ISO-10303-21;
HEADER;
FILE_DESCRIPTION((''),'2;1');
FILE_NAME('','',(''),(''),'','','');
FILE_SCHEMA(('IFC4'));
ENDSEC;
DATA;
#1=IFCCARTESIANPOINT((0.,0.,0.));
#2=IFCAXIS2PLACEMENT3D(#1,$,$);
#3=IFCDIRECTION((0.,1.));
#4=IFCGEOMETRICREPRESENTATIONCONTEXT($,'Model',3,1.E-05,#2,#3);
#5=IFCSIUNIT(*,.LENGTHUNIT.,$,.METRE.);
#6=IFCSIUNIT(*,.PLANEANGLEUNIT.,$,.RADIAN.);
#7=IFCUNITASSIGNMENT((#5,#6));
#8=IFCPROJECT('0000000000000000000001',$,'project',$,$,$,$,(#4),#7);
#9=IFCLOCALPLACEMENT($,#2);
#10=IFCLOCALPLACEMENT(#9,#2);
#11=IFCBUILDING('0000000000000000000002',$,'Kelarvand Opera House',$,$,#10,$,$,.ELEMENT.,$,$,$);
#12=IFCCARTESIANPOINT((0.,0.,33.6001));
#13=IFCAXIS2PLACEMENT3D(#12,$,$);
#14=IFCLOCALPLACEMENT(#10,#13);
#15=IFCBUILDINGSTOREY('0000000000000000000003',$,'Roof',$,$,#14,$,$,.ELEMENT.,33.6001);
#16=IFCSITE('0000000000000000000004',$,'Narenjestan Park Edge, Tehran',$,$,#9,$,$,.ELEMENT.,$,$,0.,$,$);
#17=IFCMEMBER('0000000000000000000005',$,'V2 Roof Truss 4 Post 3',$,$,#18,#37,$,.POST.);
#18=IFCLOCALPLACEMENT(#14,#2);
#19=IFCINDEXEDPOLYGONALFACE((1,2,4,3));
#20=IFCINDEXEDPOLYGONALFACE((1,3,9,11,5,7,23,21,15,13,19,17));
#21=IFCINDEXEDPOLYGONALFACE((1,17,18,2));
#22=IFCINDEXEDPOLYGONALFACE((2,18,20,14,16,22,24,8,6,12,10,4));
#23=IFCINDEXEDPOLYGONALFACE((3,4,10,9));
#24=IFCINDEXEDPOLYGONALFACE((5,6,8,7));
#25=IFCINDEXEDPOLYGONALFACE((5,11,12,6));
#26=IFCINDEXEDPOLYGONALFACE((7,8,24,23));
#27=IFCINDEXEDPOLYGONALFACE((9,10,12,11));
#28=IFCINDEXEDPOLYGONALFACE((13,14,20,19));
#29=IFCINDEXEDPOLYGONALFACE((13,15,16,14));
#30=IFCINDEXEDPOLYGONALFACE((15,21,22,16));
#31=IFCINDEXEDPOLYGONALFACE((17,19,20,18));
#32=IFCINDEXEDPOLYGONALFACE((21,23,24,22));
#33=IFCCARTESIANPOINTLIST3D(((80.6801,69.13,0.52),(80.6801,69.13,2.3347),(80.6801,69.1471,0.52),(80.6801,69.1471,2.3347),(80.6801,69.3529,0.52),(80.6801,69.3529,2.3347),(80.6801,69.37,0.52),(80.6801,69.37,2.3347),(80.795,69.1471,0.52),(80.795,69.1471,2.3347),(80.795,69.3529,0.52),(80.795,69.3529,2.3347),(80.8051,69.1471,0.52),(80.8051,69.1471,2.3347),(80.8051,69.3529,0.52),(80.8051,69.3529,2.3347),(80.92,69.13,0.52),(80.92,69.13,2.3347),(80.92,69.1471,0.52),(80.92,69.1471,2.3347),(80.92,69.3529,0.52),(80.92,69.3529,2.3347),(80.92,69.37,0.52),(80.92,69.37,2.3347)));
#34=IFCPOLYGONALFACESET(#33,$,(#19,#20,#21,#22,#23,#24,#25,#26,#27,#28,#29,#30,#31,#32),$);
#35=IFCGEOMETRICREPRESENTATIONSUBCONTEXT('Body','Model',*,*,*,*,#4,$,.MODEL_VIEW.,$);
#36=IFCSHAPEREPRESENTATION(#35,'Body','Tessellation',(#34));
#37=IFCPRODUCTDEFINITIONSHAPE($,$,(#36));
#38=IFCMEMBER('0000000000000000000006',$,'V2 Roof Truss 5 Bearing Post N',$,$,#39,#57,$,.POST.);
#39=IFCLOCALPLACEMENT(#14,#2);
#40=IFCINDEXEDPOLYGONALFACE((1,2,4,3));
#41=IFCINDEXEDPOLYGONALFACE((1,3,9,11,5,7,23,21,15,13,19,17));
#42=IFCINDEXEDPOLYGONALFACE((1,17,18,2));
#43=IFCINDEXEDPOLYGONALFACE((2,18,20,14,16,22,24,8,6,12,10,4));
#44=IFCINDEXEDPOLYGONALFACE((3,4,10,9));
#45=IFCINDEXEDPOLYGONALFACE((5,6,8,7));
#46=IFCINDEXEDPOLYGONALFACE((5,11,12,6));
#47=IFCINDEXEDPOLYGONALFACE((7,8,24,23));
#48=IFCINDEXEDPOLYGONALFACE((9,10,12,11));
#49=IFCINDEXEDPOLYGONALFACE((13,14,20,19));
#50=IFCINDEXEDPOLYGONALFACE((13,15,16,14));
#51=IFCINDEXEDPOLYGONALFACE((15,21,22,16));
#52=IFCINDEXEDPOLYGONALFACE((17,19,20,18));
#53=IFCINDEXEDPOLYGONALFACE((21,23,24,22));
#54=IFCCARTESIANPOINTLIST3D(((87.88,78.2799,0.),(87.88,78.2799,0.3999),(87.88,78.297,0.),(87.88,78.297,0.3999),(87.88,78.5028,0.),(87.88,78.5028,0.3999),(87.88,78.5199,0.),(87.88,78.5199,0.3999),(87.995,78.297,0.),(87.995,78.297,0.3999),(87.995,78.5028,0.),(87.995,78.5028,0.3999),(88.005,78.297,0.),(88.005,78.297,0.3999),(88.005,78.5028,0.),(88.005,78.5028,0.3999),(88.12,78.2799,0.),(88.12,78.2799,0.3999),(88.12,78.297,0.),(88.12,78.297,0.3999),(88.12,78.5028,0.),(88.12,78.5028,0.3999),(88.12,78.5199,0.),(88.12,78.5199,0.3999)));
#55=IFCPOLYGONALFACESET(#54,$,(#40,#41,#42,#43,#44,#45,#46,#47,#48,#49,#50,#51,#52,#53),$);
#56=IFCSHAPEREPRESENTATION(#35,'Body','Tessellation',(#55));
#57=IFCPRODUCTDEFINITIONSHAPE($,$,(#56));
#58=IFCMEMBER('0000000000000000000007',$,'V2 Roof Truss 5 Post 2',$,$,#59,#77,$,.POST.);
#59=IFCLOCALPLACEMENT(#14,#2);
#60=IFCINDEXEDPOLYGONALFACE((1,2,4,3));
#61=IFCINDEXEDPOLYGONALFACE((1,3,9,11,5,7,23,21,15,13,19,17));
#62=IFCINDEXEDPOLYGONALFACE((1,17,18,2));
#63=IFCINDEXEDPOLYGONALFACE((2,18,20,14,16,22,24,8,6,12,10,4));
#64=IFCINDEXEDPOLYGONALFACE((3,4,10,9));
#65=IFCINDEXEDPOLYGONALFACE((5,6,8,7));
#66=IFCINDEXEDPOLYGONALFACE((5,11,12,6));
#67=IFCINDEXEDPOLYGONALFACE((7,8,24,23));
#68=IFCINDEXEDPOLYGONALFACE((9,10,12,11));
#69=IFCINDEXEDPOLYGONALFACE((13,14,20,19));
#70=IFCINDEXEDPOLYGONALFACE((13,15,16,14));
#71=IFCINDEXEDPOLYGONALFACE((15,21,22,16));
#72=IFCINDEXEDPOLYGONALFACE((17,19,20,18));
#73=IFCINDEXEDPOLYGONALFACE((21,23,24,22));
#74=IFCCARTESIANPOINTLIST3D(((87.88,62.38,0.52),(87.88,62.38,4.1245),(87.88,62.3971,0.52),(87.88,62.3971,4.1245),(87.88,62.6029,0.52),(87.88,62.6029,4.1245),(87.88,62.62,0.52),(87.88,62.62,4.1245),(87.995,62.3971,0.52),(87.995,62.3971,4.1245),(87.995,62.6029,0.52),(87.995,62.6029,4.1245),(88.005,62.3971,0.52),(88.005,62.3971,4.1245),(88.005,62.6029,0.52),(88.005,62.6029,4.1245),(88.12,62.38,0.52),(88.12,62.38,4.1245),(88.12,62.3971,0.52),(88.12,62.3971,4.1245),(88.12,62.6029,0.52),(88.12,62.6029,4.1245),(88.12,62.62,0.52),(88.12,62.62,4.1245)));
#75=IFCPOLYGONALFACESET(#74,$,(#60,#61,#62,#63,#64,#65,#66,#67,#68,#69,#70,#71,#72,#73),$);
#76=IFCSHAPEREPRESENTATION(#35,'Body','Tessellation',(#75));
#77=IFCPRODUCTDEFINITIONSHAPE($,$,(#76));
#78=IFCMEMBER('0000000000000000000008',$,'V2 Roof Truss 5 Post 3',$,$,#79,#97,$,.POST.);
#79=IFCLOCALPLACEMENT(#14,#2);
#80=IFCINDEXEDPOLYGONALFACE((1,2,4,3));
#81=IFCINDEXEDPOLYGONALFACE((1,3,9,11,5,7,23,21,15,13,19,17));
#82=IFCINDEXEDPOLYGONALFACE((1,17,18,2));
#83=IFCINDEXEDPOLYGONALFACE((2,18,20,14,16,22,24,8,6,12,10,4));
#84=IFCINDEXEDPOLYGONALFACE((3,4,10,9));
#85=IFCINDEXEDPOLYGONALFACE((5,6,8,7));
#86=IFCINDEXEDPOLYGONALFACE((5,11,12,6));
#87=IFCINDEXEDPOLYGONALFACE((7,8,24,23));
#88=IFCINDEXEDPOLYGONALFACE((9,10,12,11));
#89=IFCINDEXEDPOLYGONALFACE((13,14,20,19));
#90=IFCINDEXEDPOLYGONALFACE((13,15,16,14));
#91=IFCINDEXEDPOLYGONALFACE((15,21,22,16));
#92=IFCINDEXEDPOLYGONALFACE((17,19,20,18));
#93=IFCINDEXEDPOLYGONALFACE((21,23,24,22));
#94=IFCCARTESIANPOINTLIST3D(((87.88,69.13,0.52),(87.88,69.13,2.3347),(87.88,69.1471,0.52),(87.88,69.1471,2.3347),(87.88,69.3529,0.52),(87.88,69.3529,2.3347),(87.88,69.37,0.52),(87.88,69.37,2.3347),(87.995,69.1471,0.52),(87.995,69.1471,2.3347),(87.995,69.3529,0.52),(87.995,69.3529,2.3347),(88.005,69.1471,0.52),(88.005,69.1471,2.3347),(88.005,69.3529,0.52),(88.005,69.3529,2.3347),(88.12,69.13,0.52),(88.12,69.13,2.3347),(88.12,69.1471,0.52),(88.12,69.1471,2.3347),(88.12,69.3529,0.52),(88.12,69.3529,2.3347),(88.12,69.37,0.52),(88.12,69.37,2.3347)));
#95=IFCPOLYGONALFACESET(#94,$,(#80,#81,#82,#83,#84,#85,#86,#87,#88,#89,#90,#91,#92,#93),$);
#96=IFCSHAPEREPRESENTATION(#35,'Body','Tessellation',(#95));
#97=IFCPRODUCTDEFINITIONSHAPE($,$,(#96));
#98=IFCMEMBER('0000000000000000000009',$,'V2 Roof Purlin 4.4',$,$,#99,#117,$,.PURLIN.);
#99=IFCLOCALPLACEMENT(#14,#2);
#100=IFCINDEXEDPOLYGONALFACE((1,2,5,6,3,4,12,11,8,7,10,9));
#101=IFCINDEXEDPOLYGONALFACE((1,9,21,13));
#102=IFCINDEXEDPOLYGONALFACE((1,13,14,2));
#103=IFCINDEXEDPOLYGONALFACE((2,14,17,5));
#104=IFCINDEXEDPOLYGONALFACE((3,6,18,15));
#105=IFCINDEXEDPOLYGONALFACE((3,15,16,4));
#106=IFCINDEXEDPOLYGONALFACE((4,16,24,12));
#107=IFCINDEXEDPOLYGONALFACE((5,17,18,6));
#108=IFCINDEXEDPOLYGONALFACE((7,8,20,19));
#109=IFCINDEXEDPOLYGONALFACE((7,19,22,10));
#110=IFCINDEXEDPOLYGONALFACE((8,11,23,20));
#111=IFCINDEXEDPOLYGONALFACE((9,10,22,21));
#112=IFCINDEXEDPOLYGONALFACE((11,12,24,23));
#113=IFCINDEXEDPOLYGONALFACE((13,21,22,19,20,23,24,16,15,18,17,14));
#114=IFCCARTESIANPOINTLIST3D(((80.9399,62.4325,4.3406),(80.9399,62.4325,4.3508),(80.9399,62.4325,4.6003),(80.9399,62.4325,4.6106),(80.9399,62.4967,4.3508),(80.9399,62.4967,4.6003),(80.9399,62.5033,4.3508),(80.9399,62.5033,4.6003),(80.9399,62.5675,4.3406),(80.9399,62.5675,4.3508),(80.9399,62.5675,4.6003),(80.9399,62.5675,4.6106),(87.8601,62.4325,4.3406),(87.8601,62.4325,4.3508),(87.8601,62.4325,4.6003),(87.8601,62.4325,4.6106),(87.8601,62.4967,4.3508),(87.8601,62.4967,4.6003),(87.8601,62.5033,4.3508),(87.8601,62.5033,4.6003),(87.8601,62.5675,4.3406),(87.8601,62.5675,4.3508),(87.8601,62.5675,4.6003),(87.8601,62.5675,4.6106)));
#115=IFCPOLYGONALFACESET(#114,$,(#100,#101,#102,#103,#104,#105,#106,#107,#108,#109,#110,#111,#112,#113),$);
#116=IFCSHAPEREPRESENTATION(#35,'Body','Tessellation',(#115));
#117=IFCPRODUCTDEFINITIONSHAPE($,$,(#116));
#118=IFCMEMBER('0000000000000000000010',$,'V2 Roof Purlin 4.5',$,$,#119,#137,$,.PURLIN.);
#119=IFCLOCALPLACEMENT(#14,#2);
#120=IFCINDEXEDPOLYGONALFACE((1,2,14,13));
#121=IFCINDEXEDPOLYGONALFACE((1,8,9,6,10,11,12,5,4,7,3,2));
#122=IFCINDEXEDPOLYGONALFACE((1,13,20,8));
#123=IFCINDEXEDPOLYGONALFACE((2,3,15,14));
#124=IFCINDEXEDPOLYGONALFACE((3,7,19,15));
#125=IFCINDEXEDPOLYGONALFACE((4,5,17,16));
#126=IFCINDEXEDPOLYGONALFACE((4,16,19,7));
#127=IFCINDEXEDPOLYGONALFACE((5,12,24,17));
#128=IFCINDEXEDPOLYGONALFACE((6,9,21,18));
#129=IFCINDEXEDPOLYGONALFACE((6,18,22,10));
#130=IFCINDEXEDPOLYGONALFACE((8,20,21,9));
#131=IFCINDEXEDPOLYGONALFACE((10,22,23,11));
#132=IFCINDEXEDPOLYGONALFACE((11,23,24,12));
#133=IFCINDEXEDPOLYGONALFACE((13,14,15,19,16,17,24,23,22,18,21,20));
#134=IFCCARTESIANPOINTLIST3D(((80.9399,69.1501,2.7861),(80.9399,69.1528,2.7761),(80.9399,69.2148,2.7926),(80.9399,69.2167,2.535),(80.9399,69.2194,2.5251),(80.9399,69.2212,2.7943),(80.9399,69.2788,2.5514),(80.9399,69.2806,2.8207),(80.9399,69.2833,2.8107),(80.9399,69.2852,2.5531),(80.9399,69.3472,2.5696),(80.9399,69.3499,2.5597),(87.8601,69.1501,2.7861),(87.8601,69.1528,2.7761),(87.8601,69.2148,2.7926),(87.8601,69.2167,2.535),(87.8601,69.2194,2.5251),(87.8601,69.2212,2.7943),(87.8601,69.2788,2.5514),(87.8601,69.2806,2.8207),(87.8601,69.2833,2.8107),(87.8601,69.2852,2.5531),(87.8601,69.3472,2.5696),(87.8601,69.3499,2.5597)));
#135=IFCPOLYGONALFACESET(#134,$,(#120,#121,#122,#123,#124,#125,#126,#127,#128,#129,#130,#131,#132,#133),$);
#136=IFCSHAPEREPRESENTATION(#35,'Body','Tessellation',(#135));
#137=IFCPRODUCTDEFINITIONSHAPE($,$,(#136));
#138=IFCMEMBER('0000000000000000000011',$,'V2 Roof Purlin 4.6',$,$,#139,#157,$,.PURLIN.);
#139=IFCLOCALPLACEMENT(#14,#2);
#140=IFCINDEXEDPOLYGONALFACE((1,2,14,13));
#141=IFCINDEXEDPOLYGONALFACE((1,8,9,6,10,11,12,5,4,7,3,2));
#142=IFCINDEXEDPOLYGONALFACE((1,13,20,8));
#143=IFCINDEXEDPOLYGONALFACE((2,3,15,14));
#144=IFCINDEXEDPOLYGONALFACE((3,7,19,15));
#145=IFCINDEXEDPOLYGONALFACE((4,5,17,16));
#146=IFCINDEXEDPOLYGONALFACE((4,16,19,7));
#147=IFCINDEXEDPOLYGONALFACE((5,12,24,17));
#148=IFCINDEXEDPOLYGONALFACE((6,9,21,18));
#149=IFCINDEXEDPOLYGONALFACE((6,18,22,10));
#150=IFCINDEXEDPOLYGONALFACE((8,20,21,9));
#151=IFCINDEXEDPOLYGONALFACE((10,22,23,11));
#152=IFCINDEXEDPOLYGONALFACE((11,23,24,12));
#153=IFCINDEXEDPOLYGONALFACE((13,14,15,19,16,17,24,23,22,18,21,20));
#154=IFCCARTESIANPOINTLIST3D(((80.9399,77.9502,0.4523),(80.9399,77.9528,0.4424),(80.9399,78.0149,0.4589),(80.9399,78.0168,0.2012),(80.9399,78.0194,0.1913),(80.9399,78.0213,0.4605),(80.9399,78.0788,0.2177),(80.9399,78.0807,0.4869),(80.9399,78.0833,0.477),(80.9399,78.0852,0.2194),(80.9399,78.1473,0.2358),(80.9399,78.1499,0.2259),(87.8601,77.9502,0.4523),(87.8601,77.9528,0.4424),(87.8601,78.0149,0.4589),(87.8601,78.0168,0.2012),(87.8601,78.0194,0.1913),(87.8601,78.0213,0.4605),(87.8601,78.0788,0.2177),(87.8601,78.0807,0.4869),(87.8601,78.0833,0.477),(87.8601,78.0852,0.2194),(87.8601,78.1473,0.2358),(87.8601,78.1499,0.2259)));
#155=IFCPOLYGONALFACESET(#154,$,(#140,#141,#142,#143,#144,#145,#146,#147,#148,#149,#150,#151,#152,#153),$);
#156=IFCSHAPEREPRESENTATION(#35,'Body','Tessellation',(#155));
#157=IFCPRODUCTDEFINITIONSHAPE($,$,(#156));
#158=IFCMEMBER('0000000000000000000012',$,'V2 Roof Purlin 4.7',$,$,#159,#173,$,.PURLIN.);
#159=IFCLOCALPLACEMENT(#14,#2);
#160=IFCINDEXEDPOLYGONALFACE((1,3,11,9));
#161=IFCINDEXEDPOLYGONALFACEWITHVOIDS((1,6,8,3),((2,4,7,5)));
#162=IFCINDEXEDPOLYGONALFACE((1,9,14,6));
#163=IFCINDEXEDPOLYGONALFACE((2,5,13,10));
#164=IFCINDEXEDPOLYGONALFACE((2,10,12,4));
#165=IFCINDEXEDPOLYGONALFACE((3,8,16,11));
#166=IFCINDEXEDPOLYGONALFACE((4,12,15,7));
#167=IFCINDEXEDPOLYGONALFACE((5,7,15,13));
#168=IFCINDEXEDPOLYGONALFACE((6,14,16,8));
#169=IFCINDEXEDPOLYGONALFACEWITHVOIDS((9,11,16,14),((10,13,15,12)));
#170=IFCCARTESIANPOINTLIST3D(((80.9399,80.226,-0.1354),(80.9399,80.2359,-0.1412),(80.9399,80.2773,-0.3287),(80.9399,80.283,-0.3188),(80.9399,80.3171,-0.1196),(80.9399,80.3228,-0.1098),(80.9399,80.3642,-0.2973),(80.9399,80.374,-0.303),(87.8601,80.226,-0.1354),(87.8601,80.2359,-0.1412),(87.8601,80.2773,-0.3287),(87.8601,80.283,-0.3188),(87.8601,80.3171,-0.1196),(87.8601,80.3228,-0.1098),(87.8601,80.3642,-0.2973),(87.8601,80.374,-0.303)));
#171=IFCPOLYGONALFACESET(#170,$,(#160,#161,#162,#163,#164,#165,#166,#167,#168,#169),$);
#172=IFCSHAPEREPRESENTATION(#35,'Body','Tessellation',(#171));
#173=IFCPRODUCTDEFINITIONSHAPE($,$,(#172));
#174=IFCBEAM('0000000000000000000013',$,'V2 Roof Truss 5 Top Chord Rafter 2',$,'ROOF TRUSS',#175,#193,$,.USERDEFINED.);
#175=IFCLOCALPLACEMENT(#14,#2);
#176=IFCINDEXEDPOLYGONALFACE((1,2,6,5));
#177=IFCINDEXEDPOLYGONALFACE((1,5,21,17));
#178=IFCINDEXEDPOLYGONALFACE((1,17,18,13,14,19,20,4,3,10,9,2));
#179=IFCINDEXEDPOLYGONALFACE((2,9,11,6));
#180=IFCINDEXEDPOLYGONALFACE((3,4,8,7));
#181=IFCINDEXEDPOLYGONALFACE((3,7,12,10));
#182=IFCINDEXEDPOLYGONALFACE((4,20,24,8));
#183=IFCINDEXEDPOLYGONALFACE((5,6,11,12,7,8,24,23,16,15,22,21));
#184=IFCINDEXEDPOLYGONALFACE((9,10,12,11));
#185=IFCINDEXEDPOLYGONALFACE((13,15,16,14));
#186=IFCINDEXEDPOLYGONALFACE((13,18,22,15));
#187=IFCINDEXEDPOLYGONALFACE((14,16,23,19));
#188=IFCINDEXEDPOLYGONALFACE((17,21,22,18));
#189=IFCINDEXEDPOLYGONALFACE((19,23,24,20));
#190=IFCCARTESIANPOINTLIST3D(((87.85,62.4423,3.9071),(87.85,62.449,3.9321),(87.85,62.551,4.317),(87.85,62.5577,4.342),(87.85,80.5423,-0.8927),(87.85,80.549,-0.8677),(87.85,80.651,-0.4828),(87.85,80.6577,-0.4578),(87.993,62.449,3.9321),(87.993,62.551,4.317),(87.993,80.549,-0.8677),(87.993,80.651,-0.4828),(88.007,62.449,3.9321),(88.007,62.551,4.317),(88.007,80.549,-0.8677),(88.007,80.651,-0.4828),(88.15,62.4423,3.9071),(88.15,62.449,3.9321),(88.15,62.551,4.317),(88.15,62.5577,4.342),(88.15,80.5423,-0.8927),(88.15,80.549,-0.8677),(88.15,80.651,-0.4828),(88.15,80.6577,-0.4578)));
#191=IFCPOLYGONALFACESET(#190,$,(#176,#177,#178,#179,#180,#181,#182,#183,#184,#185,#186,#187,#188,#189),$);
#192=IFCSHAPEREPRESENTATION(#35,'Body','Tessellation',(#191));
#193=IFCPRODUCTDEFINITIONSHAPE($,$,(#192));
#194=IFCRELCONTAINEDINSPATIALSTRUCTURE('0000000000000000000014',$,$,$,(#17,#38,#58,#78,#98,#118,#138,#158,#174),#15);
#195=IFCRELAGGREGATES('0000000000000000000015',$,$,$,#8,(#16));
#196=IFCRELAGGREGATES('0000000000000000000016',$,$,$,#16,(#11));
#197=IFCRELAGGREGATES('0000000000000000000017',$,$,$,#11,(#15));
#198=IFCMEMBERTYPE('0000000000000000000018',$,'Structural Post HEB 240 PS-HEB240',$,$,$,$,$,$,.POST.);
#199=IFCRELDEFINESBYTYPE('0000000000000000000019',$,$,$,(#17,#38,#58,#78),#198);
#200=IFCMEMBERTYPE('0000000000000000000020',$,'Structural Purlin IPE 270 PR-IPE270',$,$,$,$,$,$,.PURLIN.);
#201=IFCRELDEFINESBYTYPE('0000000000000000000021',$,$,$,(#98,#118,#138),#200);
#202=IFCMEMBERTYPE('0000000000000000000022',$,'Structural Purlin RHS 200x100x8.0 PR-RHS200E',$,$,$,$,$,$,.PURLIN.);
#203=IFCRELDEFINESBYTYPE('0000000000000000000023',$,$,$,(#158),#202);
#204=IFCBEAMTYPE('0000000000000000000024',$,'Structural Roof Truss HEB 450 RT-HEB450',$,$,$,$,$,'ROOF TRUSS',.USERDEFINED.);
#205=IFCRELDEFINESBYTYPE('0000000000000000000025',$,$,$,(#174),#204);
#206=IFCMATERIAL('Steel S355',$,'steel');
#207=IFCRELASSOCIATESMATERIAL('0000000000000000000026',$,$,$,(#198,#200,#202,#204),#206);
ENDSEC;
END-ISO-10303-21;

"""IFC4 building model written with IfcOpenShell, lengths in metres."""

from ifc_helpers import new_model, si_unit, direction, frame, origin, origin_2d, place, context, subcontext, project, spatial, hollow_rectangle, i_section, extrude, material, material_profile, profile_set, type_object, element, save


model = new_model("IFC4")

# Units and contexts
model_context = context("Model", 3, precision=1e-05, world=origin(), true_north=direction((0.0, 1.0)))
body_context = subcontext(model_context, "Body", "Model", "MODEL_VIEW")
ifc_project = project(units=[si_unit("LENGTHUNIT", "METRE"), si_unit("PLANEANGLEUNIT", "RADIAN")], contexts=[model_context])

# Site, building, storey
site_placement = place(None, origin())
site = spatial("IfcSite", under=ifc_project, at=site_placement, Name="Narenjestan Park Edge, Tehran", CompositionType="ELEMENT", RefElevation=0.0)
building_placement = place(site_placement, origin())
building = spatial("IfcBuilding", under=site, at=building_placement, Name="Kelarvand Opera House", CompositionType="ELEMENT")
storey_placement = place(building_placement, frame((0.0, 0.0, 33.6001)))
storey = spatial("IfcBuildingStorey", under=building, at=storey_placement, Name="Roof", CompositionType="ELEMENT", Elevation=33.6001)

# Members
ifc_material = material(Name="Steel S355", Category="steel")
ifc_material_profile_1 = material_profile(ifc_material, i_section(OverallWidth=0.24, OverallDepth=0.24, WebThickness=0.01, FlangeThickness=0.0171, at=origin_2d()), Name="HEB 240", Category="steel")
ifc_profile_set_1 = profile_set([ifc_material_profile_1], Name="Steel S355")
member_type_1 = type_object("IfcMemberType", Name="Structural Post HEB 240 PS-HEB240", PredefinedType="POST", material=ifc_profile_set_1)
member_1_placement = place(storey_placement, frame((80.8, 69.25, 0.52), z_axis=(0.0, 0.0, 1.0), x_axis=(1.0, 0.0, 0.0)))
element("IfcMember", 1, at=member_1_placement, inside=storey, type_object=member_type_1, Name="V2 Roof Truss 4 Post 3", PredefinedType="POST", context=body_context, shape_type="SweptSolid", body=[
    extrude(i_section(OverallWidth=0.24, OverallDepth=0.24, WebThickness=0.01, FlangeThickness=0.0171, at=origin_2d()), origin(), (0.0, 0.0, 1.0), 1.8147),
])
member_2_placement = place(storey_placement, frame((88.0, 78.3999, 0.0), z_axis=(0.0, 0.0, 1.0), x_axis=(1.0, 0.0, 0.0)))
element("IfcMember", 2, at=member_2_placement, inside=storey, type_object=member_type_1, Name="V2 Roof Truss 5 Bearing Post N", PredefinedType="POST", context=body_context, shape_type="SweptSolid", body=[
    extrude(i_section(OverallWidth=0.24, OverallDepth=0.24, WebThickness=0.01, FlangeThickness=0.0171, at=origin_2d()), origin(), (0.0, 0.0, 1.0), 0.3999),
])
member_3_placement = place(storey_placement, frame((88.0, 62.5, 0.52), z_axis=(0.0, 0.0, 1.0), x_axis=(1.0, 0.0, 0.0)))
element("IfcMember", 3, at=member_3_placement, inside=storey, type_object=member_type_1, Name="V2 Roof Truss 5 Post 2", PredefinedType="POST", context=body_context, shape_type="SweptSolid", body=[
    extrude(i_section(OverallWidth=0.24, OverallDepth=0.24, WebThickness=0.01, FlangeThickness=0.0171, at=origin_2d()), origin(), (0.0, 0.0, 1.0), 3.6045),
])
member_4_placement = place(storey_placement, frame((88.0, 69.25, 0.52), z_axis=(0.0, 0.0, 1.0), x_axis=(1.0, 0.0, 0.0)))
element("IfcMember", 4, at=member_4_placement, inside=storey, type_object=member_type_1, Name="V2 Roof Truss 5 Post 3", PredefinedType="POST", context=body_context, shape_type="SweptSolid", body=[
    extrude(i_section(OverallWidth=0.24, OverallDepth=0.24, WebThickness=0.01, FlangeThickness=0.0171, at=origin_2d()), origin(), (0.0, 0.0, 1.0), 1.8147),
])
ifc_material_profile_2 = material_profile(ifc_material, i_section(OverallWidth=0.135, OverallDepth=0.27, WebThickness=0.0066, FlangeThickness=0.0103, at=origin_2d()), Name="IPE 270", Category="steel")
ifc_profile_set_2 = profile_set([ifc_material_profile_2], Name="Steel S355")
member_type_2 = type_object("IfcMemberType", Name="Structural Purlin IPE 270 PR-IPE270", PredefinedType="PURLIN", material=ifc_profile_set_2)
for number, where, z_axis, x_axis, name in (
    (5, (80.9399, 62.5, 4.4756), (1.0, 0.0, 0.0), (0.0, 1.0, 0.0), "V2 Roof Purlin 4.4"),
    (6, (80.9399, 69.25, 2.6729), (1.0, 0.0, 0.0), (0.0, 0.9666, 0.256289), "V2 Roof Purlin 4.5"),
    (7, (80.9399, 78.05, 0.3391), (1.0, 0.0, 0.0), (0.0, 0.9666, 0.256289), "V2 Roof Purlin 4.6"),
):
    element("IfcMember", number, at=place(storey_placement, frame(where, z_axis=z_axis, x_axis=x_axis)), inside=storey, type_object=member_type_2, Name=name, PredefinedType="PURLIN", context=body_context, shape_type="SweptSolid", body=[
        extrude(i_section(OverallWidth=0.135, OverallDepth=0.27, WebThickness=0.0066, FlangeThickness=0.0103, at=origin_2d()), origin(), (0.0, 0.0, 1.0), 6.9202),
    ])
ifc_material_profile_3 = material_profile(ifc_material, hollow_rectangle(XDim=0.1001, YDim=0.2, WallThickness=0.0081, at=origin_2d()), Name="RHS 200x100x8.0", Category="steel")
ifc_profile_set_3 = profile_set([ifc_material_profile_3], Name="Steel S355")
member_type_3 = type_object("IfcMemberType", Name="Structural Purlin RHS 200x100x8.0 PR-RHS200E", PredefinedType="PURLIN", material=ifc_profile_set_3)
member_5_placement = place(storey_placement, frame((80.9399, 80.3, -0.2192), z_axis=(1.0, 0.0, 0.0), x_axis=(0.0, 0.9666, 0.256289)))
element("IfcMember", 8, at=member_5_placement, inside=storey, type_object=member_type_3, Name="V2 Roof Purlin 4.7", PredefinedType="PURLIN", context=body_context, shape_type="SweptSolid", body=[
    extrude(hollow_rectangle(XDim=0.1001, YDim=0.2, WallThickness=0.0081, at=origin_2d()), origin(), (0.0, 0.0, 1.0), 6.9202),
])

# Beam
ifc_material_profile_4 = material_profile(ifc_material, i_section(OverallWidth=0.3, OverallDepth=0.45, WebThickness=0.0139, FlangeThickness=0.0259, at=origin_2d()), Name="HEB 450", Category="steel")
ifc_profile_set_4 = profile_set([ifc_material_profile_4], Name="Steel S355")
beam_type = type_object("IfcBeamType", Name="Structural Roof Truss HEB 450 RT-HEB450", ElementType="ROOF TRUSS", PredefinedType="USERDEFINED", material=ifc_profile_set_4)
beam_placement = place(storey_placement, frame((88.0, 62.5, 4.1245), z_axis=(0.0, 0.966591, -0.256322), x_axis=(-1.0, 0.0, 0.0)))
element("IfcBeam", 9, at=beam_placement, inside=storey, type_object=beam_type, Name="V2 Roof Truss 5 Top Chord Rafter 2", ObjectType="ROOF TRUSS", PredefinedType="USERDEFINED", context=body_context, shape_type="SweptSolid", body=[
    extrude(i_section(OverallWidth=0.3, OverallDepth=0.45, WebThickness=0.0139, FlangeThickness=0.0259, at=origin_2d()), origin(), (0.0, 0.0, 1.0), 18.7256),
])

save(model, "model.ifc")
